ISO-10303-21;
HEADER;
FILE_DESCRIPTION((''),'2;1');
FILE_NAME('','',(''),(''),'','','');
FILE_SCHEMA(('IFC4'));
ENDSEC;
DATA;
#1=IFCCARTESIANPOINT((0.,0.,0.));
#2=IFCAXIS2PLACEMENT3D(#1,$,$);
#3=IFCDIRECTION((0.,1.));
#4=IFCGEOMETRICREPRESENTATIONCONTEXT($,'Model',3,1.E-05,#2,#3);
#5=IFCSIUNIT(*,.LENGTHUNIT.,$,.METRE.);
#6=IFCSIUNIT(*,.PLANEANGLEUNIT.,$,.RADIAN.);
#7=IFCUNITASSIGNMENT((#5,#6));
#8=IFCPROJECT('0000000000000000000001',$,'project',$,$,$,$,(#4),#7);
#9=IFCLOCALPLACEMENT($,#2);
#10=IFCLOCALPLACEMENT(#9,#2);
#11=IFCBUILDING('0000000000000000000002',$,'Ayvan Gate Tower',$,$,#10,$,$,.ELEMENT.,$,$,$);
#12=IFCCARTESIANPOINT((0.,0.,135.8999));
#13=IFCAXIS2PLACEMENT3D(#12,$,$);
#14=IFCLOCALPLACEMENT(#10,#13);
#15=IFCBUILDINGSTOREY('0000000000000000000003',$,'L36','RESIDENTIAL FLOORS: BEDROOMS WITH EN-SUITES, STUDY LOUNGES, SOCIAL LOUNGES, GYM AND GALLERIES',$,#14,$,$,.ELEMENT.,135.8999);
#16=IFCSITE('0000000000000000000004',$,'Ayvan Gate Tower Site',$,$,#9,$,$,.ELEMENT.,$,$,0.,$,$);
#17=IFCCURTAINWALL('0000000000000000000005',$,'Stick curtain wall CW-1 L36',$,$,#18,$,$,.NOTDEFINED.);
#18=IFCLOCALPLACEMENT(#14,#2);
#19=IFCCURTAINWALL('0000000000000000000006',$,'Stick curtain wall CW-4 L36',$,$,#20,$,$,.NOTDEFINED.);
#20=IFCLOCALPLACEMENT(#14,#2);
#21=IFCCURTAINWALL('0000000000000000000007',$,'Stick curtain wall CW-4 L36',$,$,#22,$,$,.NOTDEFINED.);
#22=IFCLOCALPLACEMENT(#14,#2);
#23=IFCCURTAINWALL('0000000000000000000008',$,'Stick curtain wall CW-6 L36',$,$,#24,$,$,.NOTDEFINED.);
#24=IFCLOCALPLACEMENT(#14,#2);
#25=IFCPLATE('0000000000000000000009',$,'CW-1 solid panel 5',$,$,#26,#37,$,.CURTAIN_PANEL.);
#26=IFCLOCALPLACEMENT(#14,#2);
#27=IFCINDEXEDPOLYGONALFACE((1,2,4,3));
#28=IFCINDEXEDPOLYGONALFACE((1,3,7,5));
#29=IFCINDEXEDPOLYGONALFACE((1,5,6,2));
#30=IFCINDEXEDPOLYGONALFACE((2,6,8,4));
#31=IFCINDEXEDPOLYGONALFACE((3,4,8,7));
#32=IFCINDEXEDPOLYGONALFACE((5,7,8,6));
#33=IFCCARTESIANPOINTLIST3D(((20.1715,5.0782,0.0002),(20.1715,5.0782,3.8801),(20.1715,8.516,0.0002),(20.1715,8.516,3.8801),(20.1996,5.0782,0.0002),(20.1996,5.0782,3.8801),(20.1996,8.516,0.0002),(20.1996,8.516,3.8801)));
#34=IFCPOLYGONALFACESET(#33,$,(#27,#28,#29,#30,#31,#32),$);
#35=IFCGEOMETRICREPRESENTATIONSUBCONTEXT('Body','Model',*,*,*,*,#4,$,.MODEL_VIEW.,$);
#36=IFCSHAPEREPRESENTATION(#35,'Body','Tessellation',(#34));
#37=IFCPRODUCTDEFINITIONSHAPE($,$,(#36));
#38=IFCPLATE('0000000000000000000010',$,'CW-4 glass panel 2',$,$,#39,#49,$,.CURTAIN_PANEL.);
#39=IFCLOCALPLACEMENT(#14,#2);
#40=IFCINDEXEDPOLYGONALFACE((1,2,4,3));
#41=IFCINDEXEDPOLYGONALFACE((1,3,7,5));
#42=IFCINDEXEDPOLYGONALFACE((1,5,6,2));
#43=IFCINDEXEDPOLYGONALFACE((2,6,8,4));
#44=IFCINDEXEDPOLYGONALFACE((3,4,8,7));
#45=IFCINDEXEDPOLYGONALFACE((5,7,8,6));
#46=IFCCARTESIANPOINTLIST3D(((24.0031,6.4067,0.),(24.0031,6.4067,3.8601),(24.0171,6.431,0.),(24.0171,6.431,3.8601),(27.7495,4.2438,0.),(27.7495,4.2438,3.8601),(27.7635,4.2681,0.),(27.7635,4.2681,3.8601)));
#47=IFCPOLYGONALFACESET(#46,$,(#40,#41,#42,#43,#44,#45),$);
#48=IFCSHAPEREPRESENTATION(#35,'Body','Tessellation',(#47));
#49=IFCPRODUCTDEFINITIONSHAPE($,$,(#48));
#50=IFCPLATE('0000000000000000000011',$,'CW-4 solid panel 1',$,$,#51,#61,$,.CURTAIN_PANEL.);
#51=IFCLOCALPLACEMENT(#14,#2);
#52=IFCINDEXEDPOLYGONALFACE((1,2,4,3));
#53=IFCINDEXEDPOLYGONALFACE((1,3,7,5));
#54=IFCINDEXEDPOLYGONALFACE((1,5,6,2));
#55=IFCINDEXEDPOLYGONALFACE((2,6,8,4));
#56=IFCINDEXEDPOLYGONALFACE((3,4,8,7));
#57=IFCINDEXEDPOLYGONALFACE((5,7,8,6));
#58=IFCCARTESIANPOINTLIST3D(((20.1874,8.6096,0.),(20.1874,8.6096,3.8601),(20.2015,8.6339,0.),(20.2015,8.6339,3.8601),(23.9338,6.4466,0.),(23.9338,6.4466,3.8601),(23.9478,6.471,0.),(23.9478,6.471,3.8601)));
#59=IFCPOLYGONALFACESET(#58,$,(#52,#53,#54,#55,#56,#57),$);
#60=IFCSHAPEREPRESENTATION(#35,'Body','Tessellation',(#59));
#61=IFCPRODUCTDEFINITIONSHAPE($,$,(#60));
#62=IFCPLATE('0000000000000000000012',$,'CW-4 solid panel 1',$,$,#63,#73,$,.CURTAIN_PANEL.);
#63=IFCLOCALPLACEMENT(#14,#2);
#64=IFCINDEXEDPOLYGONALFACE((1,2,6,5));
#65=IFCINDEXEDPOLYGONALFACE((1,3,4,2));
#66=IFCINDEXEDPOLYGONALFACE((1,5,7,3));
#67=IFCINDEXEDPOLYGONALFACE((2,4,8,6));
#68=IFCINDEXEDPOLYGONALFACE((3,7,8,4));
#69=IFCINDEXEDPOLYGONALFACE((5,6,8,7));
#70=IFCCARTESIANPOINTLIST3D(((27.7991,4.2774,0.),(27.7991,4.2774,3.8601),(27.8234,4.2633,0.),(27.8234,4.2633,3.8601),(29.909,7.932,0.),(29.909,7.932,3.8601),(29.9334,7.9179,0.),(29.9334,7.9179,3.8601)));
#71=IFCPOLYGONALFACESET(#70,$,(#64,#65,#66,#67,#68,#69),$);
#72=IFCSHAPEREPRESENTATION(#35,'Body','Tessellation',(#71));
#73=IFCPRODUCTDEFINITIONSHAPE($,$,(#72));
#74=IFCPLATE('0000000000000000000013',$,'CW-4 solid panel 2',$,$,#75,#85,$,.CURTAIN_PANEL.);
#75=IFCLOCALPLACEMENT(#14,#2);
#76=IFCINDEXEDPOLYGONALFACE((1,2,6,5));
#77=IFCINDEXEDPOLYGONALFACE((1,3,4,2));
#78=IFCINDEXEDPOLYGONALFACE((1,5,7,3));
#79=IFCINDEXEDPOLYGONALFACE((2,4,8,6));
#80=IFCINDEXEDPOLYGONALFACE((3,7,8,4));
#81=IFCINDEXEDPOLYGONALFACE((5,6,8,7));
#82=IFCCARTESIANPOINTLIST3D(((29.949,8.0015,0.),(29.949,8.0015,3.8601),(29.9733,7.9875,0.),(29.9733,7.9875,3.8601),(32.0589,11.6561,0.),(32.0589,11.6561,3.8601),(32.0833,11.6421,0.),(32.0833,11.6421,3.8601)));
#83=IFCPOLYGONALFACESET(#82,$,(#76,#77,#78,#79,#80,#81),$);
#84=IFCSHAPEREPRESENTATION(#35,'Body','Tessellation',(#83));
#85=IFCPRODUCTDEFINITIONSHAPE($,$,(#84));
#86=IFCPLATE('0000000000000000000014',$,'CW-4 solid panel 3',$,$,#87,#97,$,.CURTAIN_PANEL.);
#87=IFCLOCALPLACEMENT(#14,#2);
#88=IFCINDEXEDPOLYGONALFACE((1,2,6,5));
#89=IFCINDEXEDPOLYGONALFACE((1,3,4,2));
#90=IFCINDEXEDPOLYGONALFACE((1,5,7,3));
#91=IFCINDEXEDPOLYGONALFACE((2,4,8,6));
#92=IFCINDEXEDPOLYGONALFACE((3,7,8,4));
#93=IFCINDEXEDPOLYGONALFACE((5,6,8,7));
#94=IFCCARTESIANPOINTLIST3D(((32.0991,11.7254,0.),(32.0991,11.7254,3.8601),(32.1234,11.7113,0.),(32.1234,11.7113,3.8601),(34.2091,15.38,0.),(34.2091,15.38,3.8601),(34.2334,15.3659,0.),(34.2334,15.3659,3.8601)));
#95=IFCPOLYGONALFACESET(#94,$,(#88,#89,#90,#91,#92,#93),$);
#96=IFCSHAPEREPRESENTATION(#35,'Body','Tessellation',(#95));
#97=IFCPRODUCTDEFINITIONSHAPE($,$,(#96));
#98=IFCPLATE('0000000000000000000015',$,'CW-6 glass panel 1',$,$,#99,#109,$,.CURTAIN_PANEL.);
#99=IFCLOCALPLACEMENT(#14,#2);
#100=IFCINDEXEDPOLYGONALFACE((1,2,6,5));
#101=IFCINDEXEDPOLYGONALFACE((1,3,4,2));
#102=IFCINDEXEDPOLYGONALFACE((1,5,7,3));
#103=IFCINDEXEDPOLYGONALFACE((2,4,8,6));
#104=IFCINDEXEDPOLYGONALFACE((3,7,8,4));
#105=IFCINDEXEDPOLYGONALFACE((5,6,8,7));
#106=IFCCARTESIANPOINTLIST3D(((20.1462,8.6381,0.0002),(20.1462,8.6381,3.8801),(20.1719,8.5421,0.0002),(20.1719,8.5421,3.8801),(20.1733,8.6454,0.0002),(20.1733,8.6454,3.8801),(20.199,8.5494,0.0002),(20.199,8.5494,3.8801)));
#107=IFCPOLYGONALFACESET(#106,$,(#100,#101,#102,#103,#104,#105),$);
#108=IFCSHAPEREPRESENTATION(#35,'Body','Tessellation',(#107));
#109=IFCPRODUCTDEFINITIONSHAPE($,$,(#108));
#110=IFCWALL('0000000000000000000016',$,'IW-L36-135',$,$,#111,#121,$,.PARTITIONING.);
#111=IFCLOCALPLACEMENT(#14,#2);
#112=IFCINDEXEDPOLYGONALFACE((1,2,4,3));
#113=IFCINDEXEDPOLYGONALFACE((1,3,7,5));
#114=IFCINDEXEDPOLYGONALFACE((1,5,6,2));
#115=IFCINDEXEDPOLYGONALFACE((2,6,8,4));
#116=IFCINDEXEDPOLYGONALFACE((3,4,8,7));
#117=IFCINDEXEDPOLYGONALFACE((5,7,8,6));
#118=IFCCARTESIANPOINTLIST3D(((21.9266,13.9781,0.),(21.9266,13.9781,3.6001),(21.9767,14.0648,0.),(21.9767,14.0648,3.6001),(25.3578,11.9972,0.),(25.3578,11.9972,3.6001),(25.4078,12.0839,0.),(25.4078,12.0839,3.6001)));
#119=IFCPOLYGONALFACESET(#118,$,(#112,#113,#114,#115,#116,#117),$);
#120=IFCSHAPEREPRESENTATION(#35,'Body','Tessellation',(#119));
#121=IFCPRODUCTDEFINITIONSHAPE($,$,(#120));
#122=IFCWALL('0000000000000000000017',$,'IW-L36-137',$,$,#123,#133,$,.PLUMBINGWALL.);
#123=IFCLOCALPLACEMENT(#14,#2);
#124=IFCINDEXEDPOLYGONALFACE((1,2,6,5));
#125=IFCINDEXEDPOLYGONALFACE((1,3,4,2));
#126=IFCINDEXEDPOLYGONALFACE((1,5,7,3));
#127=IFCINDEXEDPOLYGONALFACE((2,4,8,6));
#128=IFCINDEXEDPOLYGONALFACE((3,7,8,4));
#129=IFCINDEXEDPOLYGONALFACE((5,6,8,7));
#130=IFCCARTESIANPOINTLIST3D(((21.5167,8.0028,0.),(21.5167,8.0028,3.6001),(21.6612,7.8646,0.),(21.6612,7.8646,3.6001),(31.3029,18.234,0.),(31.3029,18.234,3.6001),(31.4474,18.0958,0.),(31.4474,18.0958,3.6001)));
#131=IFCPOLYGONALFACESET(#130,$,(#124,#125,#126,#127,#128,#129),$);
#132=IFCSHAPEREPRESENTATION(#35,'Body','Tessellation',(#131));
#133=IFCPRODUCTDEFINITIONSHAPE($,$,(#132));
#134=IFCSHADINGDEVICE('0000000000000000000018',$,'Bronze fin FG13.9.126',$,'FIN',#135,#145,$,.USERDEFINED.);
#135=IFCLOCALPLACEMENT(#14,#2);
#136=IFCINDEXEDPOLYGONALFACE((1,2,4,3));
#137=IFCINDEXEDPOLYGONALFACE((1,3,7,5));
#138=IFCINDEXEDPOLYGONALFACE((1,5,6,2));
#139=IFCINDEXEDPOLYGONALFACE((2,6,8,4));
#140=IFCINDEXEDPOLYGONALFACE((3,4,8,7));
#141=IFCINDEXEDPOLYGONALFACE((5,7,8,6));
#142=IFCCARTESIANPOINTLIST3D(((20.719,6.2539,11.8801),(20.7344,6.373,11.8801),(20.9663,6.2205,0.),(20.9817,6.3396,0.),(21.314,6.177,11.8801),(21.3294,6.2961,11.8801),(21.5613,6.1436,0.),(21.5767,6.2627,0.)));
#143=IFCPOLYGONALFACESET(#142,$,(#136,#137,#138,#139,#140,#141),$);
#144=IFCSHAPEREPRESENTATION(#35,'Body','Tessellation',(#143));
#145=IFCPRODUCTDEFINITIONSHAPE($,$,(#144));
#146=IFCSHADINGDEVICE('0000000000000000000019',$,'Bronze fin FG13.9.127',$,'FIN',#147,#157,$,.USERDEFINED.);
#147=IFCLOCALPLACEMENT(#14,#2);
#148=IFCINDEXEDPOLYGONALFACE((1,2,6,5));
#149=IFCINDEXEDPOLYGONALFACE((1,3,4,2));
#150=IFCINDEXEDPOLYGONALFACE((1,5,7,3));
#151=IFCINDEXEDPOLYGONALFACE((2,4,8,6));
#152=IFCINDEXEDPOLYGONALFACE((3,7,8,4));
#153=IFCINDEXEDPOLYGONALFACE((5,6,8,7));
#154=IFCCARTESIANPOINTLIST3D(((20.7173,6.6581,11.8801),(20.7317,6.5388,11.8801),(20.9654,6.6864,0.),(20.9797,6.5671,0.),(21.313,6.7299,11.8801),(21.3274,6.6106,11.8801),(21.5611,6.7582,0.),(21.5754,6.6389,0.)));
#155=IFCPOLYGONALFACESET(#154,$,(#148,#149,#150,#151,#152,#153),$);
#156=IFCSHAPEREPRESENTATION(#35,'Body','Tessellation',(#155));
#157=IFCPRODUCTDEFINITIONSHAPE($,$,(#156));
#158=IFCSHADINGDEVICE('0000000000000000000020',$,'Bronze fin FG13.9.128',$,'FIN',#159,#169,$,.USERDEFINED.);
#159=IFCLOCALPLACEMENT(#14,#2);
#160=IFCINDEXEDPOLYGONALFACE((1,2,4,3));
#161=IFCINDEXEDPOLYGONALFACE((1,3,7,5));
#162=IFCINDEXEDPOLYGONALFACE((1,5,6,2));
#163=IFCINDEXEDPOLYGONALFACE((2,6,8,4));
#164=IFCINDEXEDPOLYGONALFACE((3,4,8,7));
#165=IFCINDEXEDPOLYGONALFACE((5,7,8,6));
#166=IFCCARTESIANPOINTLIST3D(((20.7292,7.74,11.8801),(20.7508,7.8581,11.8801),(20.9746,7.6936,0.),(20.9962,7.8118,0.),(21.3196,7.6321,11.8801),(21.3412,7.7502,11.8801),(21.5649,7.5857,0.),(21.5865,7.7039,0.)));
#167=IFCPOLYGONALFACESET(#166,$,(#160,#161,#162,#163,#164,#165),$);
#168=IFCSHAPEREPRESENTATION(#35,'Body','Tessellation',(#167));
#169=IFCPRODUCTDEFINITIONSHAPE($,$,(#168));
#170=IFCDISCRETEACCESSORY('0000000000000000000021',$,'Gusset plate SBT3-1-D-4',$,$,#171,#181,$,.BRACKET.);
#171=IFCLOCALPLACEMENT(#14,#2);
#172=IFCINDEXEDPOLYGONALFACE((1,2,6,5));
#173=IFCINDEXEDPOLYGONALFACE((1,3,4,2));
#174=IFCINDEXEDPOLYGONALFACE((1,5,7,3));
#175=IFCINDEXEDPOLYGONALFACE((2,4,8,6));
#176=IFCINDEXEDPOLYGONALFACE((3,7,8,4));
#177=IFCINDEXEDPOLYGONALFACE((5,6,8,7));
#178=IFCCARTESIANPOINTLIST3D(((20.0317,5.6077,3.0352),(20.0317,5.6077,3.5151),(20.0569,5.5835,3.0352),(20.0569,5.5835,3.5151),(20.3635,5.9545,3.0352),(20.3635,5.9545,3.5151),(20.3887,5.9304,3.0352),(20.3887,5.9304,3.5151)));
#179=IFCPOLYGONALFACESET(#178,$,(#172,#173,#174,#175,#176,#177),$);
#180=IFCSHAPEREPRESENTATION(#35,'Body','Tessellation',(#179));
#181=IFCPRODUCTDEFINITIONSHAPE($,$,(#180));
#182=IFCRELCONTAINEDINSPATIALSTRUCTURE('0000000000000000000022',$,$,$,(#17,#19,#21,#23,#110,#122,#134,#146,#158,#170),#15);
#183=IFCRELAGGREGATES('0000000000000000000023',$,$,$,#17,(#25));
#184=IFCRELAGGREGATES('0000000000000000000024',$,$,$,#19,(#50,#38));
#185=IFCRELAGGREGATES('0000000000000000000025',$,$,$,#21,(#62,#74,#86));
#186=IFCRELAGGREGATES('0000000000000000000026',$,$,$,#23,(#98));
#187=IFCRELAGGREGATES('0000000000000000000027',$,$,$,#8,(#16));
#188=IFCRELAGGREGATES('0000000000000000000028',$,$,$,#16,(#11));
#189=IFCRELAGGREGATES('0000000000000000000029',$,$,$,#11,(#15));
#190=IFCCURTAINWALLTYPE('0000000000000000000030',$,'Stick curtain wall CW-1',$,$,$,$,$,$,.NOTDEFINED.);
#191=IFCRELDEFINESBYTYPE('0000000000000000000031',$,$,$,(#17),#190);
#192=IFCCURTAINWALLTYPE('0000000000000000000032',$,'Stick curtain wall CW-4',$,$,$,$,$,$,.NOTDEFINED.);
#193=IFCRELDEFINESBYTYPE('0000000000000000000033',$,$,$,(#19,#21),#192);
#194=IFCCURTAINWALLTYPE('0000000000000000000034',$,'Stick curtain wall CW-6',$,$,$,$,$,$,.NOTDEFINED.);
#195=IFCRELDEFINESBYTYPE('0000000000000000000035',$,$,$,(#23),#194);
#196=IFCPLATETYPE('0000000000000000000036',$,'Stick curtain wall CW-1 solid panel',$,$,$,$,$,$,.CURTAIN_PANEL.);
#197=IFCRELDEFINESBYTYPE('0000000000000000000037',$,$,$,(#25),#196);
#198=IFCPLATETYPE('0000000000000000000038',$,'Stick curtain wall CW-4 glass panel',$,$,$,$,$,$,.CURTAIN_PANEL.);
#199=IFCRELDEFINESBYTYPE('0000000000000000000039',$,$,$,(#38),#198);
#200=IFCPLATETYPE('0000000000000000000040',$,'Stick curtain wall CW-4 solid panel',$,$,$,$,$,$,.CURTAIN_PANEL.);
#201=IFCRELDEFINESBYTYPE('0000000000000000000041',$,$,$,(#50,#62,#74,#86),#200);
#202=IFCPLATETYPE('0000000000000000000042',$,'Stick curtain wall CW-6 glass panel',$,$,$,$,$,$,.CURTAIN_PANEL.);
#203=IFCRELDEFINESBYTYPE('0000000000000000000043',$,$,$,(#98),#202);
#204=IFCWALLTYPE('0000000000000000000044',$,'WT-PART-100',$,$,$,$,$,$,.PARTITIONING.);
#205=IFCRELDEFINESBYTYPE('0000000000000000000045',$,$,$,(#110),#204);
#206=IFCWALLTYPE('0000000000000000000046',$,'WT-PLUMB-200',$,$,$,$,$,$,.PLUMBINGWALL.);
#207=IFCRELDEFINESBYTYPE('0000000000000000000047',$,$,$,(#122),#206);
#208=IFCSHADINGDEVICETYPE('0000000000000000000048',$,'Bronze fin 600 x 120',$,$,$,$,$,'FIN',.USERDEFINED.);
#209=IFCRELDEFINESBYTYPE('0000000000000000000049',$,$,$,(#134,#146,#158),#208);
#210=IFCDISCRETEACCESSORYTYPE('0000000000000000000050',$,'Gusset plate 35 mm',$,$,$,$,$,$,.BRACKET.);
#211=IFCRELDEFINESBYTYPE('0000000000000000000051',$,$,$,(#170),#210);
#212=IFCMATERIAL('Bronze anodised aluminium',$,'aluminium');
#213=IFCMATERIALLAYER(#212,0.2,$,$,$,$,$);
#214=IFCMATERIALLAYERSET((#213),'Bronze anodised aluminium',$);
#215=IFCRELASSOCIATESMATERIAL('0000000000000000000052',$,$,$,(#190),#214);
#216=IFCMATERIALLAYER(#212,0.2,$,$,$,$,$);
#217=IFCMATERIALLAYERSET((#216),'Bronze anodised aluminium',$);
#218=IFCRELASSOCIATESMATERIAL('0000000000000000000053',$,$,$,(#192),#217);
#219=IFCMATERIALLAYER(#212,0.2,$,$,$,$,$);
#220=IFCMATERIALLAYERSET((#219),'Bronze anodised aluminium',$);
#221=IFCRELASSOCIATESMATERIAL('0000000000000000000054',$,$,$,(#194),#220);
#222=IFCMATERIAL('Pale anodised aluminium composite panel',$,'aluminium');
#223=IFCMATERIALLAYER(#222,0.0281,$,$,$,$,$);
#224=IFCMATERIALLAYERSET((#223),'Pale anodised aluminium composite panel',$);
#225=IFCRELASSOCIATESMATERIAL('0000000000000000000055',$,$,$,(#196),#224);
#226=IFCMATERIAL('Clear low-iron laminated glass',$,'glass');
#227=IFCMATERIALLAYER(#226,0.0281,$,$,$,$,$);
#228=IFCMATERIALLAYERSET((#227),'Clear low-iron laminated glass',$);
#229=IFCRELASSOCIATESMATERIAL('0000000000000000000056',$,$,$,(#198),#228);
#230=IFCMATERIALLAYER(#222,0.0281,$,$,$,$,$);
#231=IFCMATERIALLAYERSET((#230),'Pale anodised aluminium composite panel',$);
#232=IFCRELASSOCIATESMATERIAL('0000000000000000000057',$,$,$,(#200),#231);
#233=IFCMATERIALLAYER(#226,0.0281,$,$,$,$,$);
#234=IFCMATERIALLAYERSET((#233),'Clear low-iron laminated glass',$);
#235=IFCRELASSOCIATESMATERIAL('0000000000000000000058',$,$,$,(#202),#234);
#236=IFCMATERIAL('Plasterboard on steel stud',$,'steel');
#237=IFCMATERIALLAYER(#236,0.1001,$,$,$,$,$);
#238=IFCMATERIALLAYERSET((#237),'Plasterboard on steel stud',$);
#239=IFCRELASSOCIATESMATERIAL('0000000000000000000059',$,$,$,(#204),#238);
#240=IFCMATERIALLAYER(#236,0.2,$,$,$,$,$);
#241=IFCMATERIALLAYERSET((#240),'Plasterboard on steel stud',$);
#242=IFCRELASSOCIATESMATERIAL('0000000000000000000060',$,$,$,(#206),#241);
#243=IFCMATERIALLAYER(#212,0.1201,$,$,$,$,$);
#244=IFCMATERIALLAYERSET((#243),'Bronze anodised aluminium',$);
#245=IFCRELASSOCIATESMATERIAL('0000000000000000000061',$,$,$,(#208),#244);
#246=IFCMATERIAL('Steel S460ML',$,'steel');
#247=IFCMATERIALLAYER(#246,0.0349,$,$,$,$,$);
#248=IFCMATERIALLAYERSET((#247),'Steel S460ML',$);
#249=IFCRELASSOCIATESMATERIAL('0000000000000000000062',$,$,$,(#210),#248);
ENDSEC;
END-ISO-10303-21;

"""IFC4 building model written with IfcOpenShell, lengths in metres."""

from ifc_helpers import new_model, si_unit, direction, frame, frame_2d, origin, origin_2d, place, context, subcontext, project, spatial, polyline, rectangle, outline, extrude, material, layer, layer_set, type_object, element, aggregate, save


model = new_model("IFC4")

# Units and contexts
model_context = context("Model", 3, precision=1e-05, world=origin(), true_north=direction((0.0, 1.0)))
body_context = subcontext(model_context, "Body", "Model", "MODEL_VIEW")
ifc_project = project(units=[si_unit("LENGTHUNIT", "METRE"), si_unit("PLANEANGLEUNIT", "RADIAN")], contexts=[model_context])

# Site, building, storey
site_placement = place(None, origin())
site = spatial("IfcSite", under=ifc_project, at=site_placement, Name="Ayvan Gate Tower Site", CompositionType="ELEMENT", RefElevation=0.0)
building_placement = place(site_placement, origin())
building = spatial("IfcBuilding", under=site, at=building_placement, Name="Ayvan Gate Tower", CompositionType="ELEMENT")
storey_placement = place(building_placement, frame((0.0, 0.0, 135.8999)))
storey = spatial("IfcBuildingStorey", under=building, at=storey_placement, Name="L36", Description="RESIDENTIAL FLOORS: BEDROOMS WITH EN-SUITES, STUDY LOUNGES, SOCIAL LOUNGES, GYM AND GALLERIES", CompositionType="ELEMENT", Elevation=135.8999)

# Curtain wall
ifc_material_1 = material(Name="Bronze anodised aluminium", Category="aluminium")
ifc_layer_1 = layer(ifc_material_1, 0.2)
ifc_layer_set_1 = layer_set([ifc_layer_1], Name="Bronze anodised aluminium")
curtain_wall_type_1 = type_object("IfcCurtainWallType", Name="Stick curtain wall CW-1", PredefinedType="NOTDEFINED", material=ifc_layer_set_1)
curtain_wall_1_placement = place(storey_placement, origin())
curtain_wall_1 = element("IfcCurtainWall", 1, at=curtain_wall_1_placement, inside=storey, type_object=curtain_wall_type_1, Name="Stick curtain wall CW-1 L36", PredefinedType="NOTDEFINED")

# Curtain walls
ifc_layer_2 = layer(ifc_material_1, 0.2)
ifc_layer_set_2 = layer_set([ifc_layer_2], Name="Bronze anodised aluminium")
curtain_wall_type_2 = type_object("IfcCurtainWallType", Name="Stick curtain wall CW-4", PredefinedType="NOTDEFINED", material=ifc_layer_set_2)
curtain_wall_2_placement = place(storey_placement, origin())
curtain_wall_2 = element("IfcCurtainWall", 2, at=curtain_wall_2_placement, inside=storey, type_object=curtain_wall_type_2, Name="Stick curtain wall CW-4 L36", PredefinedType="NOTDEFINED")
curtain_wall_3_placement = place(storey_placement, origin())
curtain_wall_3 = element("IfcCurtainWall", 3, at=curtain_wall_3_placement, inside=storey, type_object=curtain_wall_type_2, Name="Stick curtain wall CW-4 L36", PredefinedType="NOTDEFINED")

# Curtain wall
ifc_layer_3 = layer(ifc_material_1, 0.2)
ifc_layer_set_3 = layer_set([ifc_layer_3], Name="Bronze anodised aluminium")
curtain_wall_type_3 = type_object("IfcCurtainWallType", Name="Stick curtain wall CW-6", PredefinedType="NOTDEFINED", material=ifc_layer_set_3)
curtain_wall_4_placement = place(storey_placement, origin())
curtain_wall_4 = element("IfcCurtainWall", 4, at=curtain_wall_4_placement, inside=storey, type_object=curtain_wall_type_3, Name="Stick curtain wall CW-6 L36", PredefinedType="NOTDEFINED")

# Plates
ifc_material_2 = material(Name="Pale anodised aluminium composite panel", Category="aluminium")
ifc_layer_4 = layer(ifc_material_2, 0.0281)
ifc_layer_set_4 = layer_set([ifc_layer_4], Name="Pale anodised aluminium composite panel")
plate_type_1 = type_object("IfcPlateType", Name="Stick curtain wall CW-1 solid panel", PredefinedType="CURTAIN_PANEL", material=ifc_layer_set_4)
plate_1_placement = place(storey_placement, frame((20.1855, 6.7971, 0.0002), z_axis=(0.0, 0.0, 1.0), x_axis=(0.0, 1.0, 0.0)))
plate_1 = element("IfcPlate", 5, at=plate_1_placement, type_object=plate_type_1, Name="CW-1 solid panel 5", PredefinedType="CURTAIN_PANEL", context=body_context, shape_type="SweptSolid", body=[
    extrude(rectangle(XDim=3.4377, YDim=0.0281, at=origin_2d()), origin(), (0.0, 0.0, 1.0), 3.8799),
])
aggregate(curtain_wall_1, [plate_1])
ifc_material_3 = material(Name="Clear low-iron laminated glass", Category="glass")
ifc_layer_5 = layer(ifc_material_3, 0.0281)
ifc_layer_set_5 = layer_set([ifc_layer_5], Name="Clear low-iron laminated glass")
plate_type_2 = type_object("IfcPlateType", Name="Stick curtain wall CW-4 glass panel", PredefinedType="CURTAIN_PANEL", material=ifc_layer_set_5)
plate_2_placement = place(storey_placement, frame((25.8833, 5.3374, 0.0), z_axis=(0.0, 0.0, 1.0), x_axis=(0.866025, -0.5, 0.0)))
plate_2 = element("IfcPlate", 6, at=plate_2_placement, type_object=plate_type_2, Name="CW-4 glass panel 2", PredefinedType="CURTAIN_PANEL", context=body_context, shape_type="SweptSolid", body=[
    extrude(rectangle(XDim=4.3259, YDim=0.0281, at=origin_2d()), origin(), (0.0, 0.0, 1.0), 3.8601),
])
ifc_layer_6 = layer(ifc_material_2, 0.0281)
ifc_layer_set_6 = layer_set([ifc_layer_6], Name="Pale anodised aluminium composite panel")
plate_type_3 = type_object("IfcPlateType", Name="Stick curtain wall CW-4 solid panel", PredefinedType="CURTAIN_PANEL", material=ifc_layer_set_6)
plate_3_placement = place(storey_placement, frame((22.0676, 7.5403, 0.0), z_axis=(0.0, 0.0, 1.0), x_axis=(0.866025, -0.5, 0.0)))
plate_3 = element("IfcPlate", 7, at=plate_3_placement, type_object=plate_type_3, Name="CW-4 solid panel 1", PredefinedType="CURTAIN_PANEL", context=body_context, shape_type="SweptSolid", body=[
    extrude(rectangle(XDim=4.3259, YDim=0.0281, at=origin_2d()), origin(), (0.0, 0.0, 1.0), 3.8601),
])
aggregate(curtain_wall_2, [plate_3, plate_2])
plate_4_placement = place(storey_placement, frame((28.8662, 6.0977, 0.0), z_axis=(0.0, 0.0, 1.0), x_axis=(0.5, 0.866025, 0.0)))
plate_4 = element("IfcPlate", 8, at=plate_4_placement, type_object=plate_type_3, Name="CW-4 solid panel 1", PredefinedType="CURTAIN_PANEL", context=body_context, shape_type="SweptSolid", body=[
    extrude(rectangle(XDim=4.22, YDim=0.0281, at=origin_2d()), origin(), (0.0, 0.0, 1.0), 3.8601),
])
plate_5_placement = place(storey_placement, frame((31.0161, 9.8218, 0.0), z_axis=(0.0, 0.0, 1.0), x_axis=(0.5, 0.866025, 0.0)))
plate_5 = element("IfcPlate", 9, at=plate_5_placement, type_object=plate_type_3, Name="CW-4 solid panel 2", PredefinedType="CURTAIN_PANEL", context=body_context, shape_type="SweptSolid", body=[
    extrude(rectangle(XDim=4.22, YDim=0.0281, at=origin_2d()), origin(), (0.0, 0.0, 1.0), 3.8601),
])
plate_6_placement = place(storey_placement, frame((33.1663, 13.5457, 0.0), z_axis=(0.0, 0.0, 1.0), x_axis=(0.5, 0.866025, 0.0)))
plate_6 = element("IfcPlate", 10, at=plate_6_placement, type_object=plate_type_3, Name="CW-4 solid panel 3", PredefinedType="CURTAIN_PANEL", context=body_context, shape_type="SweptSolid", body=[
    extrude(rectangle(XDim=4.22, YDim=0.0281, at=origin_2d()), origin(), (0.0, 0.0, 1.0), 3.8601),
])
aggregate(curtain_wall_3, [plate_4, plate_5, plate_6])
ifc_layer_7 = layer(ifc_material_3, 0.0281)
ifc_layer_set_7 = layer_set([ifc_layer_7], Name="Clear low-iron laminated glass")
plate_type_4 = type_object("IfcPlateType", Name="Stick curtain wall CW-6 glass panel", PredefinedType="CURTAIN_PANEL", material=ifc_layer_set_7)
plate_7_placement = place(storey_placement, frame((20.1726, 8.5938, 0.0002), z_axis=(0.0, 0.0, 1.0), x_axis=(-0.258819, 0.965926, 0.0)))
plate_7 = element("IfcPlate", 11, at=plate_7_placement, type_object=plate_type_4, Name="CW-6 glass panel 1", PredefinedType="CURTAIN_PANEL", context=body_context, shape_type="SweptSolid", body=[
    extrude(rectangle(XDim=0.0994, YDim=0.0281, at=origin_2d()), origin(), (0.0, 0.0, 1.0), 3.8799),
])
aggregate(curtain_wall_4, [plate_7])

# Walls
ifc_material_4 = material(Name="Plasterboard on steel stud", Category="steel")
ifc_layer_8 = layer(ifc_material_4, 0.1001)
ifc_layer_set_8 = layer_set([ifc_layer_8], Name="Plasterboard on steel stud")
wall_type_1 = type_object("IfcWallType", Name="WT-PART-100", PredefinedType="PARTITIONING", material=ifc_layer_set_8)
wall_1_placement = place(storey_placement, frame((21.9517, 14.0215, 0.0), z_axis=(0.0, 0.0, 1.0), x_axis=(0.866028, -0.499996, 0.0)))
element("IfcWall", 12, at=wall_1_placement, inside=storey, type_object=wall_type_1, Name="IW-L36-135", PredefinedType="PARTITIONING", context=body_context, shape_type="SweptSolid", body=[
    extrude(rectangle(XDim=3.9619, YDim=0.1001, at=frame_2d((1.981, 0.0))), origin(), (0.0, 0.0, 1.0), 3.6001),
])
ifc_layer_9 = layer(ifc_material_4, 0.2)
ifc_layer_set_9 = layer_set([ifc_layer_9], Name="Plasterboard on steel stud")
wall_type_2 = type_object("IfcWallType", Name="WT-PLUMB-200", PredefinedType="PLUMBINGWALL", material=ifc_layer_set_9)
wall_2_placement = place(storey_placement, frame((21.5889, 7.9336, 0.0), z_axis=(0.0, 0.0, 1.0), x_axis=(0.691214, 0.72265, 0.0)))
element("IfcWall", 13, at=wall_2_placement, inside=storey, type_object=wall_type_2, Name="IW-L36-137", PredefinedType="PLUMBINGWALL", context=body_context, shape_type="SweptSolid", body=[
    extrude(rectangle(XDim=14.158, YDim=0.2, at=frame_2d((7.0791, 0.0))), origin(), (0.0, 0.0, 1.0), 3.6001),
])

# Shading devices
ifc_layer_10 = layer(ifc_material_1, 0.1201)
ifc_layer_set_10 = layer_set([ifc_layer_10], Name="Bronze anodised aluminium")
shading_device_type = type_object("IfcShadingDeviceType", Name="Bronze fin 600 x 120", ElementType="FIN", PredefinedType="USERDEFINED", material=ifc_layer_set_10)
shading_device_1_placement = place(storey_placement, frame((20.9663, 6.2205, 0.0), z_axis=(-0.128191, -0.99175, 0.000124), x_axis=(0.99175, -0.128191, 0.0)))
element("IfcShadingDevice", 14, at=shading_device_1_placement, inside=storey, type_object=shading_device_type, Name="Bronze fin FG13.9.126", ObjectType="FIN", PredefinedType="USERDEFINED", context=body_context, shape_type="SweptSolid", body=[
    extrude(outline(polyline([(0.0, 0.0), (0.5999, 0.0), (0.3504, 11.8801), (-0.2496, 11.8801), (0.0, 0.0)])), origin(), (0.0, 0.0, -1.0), 0.1201),
])
shading_device_2_placement = place(storey_placement, frame((20.9797, 6.5671, 0.0), z_axis=(0.119627, -0.992819, 0.000131), x_axis=(0.992819, 0.119627, 0.0)))
element("IfcShadingDevice", 15, at=shading_device_2_placement, inside=storey, type_object=shading_device_type, Name="Bronze fin FG13.9.127", ObjectType="FIN", PredefinedType="USERDEFINED", context=body_context, shape_type="SweptSolid", body=[
    extrude(outline(polyline([(0.0, 0.0), (0.6, 0.0), (0.3504, 11.8801), (-0.2497, 11.8801), (0.0, 0.0)])), origin(), (0.0, 0.0, -1.0), 0.1201),
])
shading_device_3_placement = place(storey_placement, frame((20.9746, 7.6936, 0.0), z_axis=(-0.179816, -0.9837, 0.000127), x_axis=(0.9837, -0.179816, 0.0)))
element("IfcShadingDevice", 16, at=shading_device_3_placement, inside=storey, type_object=shading_device_type, Name="Bronze fin FG13.9.128", ObjectType="FIN", PredefinedType="USERDEFINED", context=body_context, shape_type="SweptSolid", body=[
    extrude(outline(polyline([(0.0, 0.0), (0.6001, 0.0), (0.3504, 11.8801), (-0.2497, 11.8801), (0.0, 0.0)])), origin(), (0.0, 0.0, -1.0), 0.1201),
])

# Discrete accessory
ifc_material_5 = material(Name="Steel S460ML", Category="steel")
ifc_layer_11 = layer(ifc_material_5, 0.0349)
ifc_layer_set_11 = layer_set([ifc_layer_11], Name="Steel S460ML")
discrete_accessory_type = type_object("IfcDiscreteAccessoryType", Name="Gusset plate 35 mm", PredefinedType="BRACKET", material=ifc_layer_set_11)
for number, where, z_axis, x_axis, name in (
    (17, (20.2102, 5.769, 3.0352), (0.0, 0.0, 1.0), (0.691214, 0.72265, 0.0), "Gusset plate SBT3-1-D-4"),
):
    element("IfcDiscreteAccessory", number, at=place(storey_placement, frame(where, z_axis=z_axis, x_axis=x_axis)), inside=storey, type_object=discrete_accessory_type, Name=name, PredefinedType="BRACKET", context=body_context, shape_type="SweptSolid", body=[
        extrude(rectangle(XDim=0.48, YDim=0.0349, at=origin_2d()), origin(), (0.0, 0.0, 1.0), 0.48),
    ])

save(model, "model.ifc")
